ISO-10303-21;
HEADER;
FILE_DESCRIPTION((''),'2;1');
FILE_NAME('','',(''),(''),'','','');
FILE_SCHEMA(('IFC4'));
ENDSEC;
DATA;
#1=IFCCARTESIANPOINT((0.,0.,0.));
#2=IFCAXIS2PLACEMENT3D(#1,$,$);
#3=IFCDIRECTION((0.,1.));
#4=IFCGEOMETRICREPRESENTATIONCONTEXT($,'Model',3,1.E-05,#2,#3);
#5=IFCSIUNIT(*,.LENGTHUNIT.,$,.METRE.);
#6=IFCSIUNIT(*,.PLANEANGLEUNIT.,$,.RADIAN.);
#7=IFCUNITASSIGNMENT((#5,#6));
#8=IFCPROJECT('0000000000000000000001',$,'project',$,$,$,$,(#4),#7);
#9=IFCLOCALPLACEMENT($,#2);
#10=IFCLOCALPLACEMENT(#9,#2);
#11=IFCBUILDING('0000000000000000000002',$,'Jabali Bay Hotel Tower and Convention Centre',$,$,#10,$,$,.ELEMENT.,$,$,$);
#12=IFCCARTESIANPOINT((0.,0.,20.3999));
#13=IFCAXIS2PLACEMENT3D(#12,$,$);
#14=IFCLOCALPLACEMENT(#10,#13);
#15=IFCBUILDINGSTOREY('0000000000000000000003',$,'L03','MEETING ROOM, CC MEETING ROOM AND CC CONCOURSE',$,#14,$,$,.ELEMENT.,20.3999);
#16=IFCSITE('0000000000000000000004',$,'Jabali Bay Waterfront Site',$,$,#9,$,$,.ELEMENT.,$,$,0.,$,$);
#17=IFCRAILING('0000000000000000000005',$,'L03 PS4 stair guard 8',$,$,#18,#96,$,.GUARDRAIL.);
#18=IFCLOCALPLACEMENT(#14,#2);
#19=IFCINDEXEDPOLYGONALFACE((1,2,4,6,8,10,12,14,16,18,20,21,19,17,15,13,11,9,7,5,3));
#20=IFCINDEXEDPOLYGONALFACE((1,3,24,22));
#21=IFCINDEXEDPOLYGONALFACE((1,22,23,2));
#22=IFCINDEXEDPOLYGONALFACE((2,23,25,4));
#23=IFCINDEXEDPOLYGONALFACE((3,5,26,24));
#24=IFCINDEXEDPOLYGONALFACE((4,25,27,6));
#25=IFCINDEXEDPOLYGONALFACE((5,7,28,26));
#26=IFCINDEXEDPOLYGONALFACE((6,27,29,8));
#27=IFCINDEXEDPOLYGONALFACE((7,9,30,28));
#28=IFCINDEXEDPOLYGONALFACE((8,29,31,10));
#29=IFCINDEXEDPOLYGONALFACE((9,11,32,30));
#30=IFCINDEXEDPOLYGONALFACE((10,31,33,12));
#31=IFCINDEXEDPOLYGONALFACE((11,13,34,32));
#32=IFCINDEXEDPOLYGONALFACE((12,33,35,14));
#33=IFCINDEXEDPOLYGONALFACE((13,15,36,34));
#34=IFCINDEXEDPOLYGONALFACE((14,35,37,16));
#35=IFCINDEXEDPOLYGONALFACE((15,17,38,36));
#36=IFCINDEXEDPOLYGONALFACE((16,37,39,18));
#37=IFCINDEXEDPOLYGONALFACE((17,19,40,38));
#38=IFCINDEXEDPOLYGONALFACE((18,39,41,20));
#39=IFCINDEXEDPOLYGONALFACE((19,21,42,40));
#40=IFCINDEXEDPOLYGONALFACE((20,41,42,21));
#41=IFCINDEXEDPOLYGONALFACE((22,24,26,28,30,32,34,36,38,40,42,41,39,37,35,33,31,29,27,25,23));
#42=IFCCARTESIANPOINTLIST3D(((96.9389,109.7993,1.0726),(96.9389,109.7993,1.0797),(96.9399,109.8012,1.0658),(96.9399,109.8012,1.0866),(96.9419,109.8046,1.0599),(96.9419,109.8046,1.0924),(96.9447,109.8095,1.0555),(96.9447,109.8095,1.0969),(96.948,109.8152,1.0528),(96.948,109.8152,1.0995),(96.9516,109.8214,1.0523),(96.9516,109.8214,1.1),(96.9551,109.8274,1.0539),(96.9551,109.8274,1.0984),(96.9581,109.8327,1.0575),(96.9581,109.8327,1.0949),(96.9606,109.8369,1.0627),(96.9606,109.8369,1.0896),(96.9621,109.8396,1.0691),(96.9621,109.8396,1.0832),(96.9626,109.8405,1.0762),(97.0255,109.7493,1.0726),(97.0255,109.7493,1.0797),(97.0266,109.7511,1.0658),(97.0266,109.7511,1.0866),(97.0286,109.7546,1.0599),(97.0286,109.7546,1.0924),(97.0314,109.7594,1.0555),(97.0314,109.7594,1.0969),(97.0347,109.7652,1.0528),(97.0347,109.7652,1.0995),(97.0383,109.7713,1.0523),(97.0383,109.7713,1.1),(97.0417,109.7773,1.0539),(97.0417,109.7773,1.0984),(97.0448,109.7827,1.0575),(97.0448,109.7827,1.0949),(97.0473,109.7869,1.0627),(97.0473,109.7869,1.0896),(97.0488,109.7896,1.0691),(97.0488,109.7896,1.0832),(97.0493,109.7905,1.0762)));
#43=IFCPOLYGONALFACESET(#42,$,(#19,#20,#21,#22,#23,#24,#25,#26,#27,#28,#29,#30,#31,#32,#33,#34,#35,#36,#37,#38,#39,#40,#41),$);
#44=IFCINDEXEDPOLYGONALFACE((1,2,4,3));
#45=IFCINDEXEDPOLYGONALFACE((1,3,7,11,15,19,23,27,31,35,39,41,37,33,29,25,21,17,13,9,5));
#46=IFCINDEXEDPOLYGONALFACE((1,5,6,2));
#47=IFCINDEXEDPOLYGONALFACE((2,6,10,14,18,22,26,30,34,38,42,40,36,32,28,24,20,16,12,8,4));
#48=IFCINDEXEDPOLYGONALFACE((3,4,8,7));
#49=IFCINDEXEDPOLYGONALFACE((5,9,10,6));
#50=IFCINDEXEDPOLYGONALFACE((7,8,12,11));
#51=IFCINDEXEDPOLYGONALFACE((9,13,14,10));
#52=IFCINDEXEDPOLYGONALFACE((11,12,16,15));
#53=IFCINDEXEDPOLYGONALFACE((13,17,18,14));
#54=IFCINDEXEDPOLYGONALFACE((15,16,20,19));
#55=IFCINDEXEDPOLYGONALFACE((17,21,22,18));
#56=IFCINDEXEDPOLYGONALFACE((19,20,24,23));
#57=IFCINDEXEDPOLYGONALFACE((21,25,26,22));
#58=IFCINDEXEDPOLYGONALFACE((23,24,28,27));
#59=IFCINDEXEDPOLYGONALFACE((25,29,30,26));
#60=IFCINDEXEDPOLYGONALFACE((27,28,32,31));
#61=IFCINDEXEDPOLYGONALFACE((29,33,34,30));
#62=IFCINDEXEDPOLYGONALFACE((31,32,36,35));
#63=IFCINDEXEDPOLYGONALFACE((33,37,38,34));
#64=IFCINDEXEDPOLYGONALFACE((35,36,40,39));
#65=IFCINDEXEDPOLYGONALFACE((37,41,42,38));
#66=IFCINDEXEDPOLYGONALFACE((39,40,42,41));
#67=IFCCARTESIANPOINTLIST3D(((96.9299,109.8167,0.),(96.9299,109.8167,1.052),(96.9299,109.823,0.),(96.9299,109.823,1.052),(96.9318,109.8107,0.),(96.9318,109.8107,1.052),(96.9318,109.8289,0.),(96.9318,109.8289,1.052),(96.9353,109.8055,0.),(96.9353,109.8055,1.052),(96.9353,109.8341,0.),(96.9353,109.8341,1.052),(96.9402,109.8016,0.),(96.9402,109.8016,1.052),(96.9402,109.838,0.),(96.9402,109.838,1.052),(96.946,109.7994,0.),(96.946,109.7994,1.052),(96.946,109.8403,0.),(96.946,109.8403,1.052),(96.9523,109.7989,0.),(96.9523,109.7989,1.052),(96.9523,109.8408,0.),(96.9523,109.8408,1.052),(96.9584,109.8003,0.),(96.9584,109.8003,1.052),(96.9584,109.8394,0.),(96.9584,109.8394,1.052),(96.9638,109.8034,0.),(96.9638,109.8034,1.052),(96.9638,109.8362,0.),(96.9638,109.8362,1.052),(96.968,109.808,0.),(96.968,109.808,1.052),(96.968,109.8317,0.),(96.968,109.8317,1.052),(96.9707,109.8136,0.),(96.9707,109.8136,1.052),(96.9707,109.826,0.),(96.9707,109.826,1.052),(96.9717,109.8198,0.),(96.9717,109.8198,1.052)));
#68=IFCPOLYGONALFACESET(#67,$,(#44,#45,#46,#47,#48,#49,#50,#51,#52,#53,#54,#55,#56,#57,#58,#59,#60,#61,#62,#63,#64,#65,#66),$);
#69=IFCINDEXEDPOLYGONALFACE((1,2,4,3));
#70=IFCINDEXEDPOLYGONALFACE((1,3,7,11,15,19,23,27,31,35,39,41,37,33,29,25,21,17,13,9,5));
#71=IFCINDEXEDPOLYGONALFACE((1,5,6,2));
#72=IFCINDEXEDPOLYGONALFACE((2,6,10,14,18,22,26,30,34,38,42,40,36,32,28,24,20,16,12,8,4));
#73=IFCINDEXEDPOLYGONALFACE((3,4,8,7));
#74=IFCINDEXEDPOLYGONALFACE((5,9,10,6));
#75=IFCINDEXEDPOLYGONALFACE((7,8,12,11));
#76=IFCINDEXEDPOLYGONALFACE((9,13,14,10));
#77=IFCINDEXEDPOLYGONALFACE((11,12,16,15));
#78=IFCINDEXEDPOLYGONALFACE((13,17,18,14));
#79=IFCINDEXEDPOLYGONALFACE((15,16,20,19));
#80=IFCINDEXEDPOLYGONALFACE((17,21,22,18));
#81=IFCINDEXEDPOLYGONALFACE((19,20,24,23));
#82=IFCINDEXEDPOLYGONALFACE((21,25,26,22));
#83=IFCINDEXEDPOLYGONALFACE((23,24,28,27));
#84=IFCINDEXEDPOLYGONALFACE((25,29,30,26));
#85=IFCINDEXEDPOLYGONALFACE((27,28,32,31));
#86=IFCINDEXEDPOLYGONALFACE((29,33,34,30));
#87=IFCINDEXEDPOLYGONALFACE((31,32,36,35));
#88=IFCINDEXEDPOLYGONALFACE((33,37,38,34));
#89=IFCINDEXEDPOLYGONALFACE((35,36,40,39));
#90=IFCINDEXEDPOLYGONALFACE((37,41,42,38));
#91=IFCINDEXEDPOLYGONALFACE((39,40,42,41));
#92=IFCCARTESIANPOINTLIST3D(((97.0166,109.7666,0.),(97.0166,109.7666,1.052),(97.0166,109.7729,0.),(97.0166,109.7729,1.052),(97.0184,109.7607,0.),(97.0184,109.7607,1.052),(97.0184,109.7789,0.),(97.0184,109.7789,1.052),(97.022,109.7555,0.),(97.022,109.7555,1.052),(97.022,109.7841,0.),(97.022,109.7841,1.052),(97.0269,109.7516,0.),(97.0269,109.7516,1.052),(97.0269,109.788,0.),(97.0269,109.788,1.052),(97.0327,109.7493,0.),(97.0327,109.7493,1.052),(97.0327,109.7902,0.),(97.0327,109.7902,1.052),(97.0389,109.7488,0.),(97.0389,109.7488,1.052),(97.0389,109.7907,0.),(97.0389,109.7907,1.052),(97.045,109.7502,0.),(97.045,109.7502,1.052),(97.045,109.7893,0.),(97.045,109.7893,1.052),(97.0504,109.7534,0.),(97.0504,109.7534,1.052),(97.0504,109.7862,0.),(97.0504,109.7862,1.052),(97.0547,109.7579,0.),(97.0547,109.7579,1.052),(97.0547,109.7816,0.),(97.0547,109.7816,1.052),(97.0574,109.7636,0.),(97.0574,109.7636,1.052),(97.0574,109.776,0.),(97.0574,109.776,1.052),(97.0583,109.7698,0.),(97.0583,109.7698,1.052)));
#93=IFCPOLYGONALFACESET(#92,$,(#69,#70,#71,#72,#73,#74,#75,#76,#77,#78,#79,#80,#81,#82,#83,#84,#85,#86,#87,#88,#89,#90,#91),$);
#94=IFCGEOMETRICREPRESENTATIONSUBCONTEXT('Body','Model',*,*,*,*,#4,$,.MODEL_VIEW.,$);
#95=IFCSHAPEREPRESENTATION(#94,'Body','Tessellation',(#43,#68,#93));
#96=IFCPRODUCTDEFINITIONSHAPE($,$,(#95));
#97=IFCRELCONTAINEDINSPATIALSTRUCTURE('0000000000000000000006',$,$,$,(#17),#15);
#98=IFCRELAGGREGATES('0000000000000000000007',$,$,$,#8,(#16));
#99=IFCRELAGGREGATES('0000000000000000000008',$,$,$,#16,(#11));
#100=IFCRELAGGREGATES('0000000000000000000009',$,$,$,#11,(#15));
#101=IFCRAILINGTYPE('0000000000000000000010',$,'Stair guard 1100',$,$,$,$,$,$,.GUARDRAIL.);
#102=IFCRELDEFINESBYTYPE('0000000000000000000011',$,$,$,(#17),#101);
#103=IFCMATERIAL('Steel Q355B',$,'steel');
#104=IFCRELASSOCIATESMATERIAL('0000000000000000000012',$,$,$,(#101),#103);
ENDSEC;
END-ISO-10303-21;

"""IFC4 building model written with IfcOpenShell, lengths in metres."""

from ifc_helpers import new_model, si_unit, direction, frame, origin, origin_2d, place, context, subcontext, project, spatial, circle, extrude, material, type_object, element, save


model = new_model("IFC4")

# Units and contexts
model_context = context("Model", 3, precision=1e-05, world=origin(), true_north=direction((0.0, 1.0)))
body_context = subcontext(model_context, "Body", "Model", "MODEL_VIEW")
ifc_project = project(units=[si_unit("LENGTHUNIT", "METRE"), si_unit("PLANEANGLEUNIT", "RADIAN")], contexts=[model_context])

# Site, building, storey
site_placement = place(None, origin())
site = spatial("IfcSite", under=ifc_project, at=site_placement, Name="Jabali Bay Waterfront Site", CompositionType="ELEMENT", RefElevation=0.0)
building_placement = place(site_placement, origin())
building = spatial("IfcBuilding", under=site, at=building_placement, Name="Jabali Bay Hotel Tower and Convention Centre", CompositionType="ELEMENT")
storey_placement = place(building_placement, frame((0.0, 0.0, 20.3999)))
storey = spatial("IfcBuildingStorey", under=building, at=storey_placement, Name="L03", Description="MEETING ROOM, CC MEETING ROOM AND CC CONCOURSE", CompositionType="ELEMENT", Elevation=20.3999)

# Railing
ifc_material_1 = material(Name="Steel Q355B", Category="steel")
railing_type_1 = type_object("IfcRailingType", Name="Stair guard 1100", PredefinedType="GUARDRAIL", material=ifc_material_1)
railing_1_placement = place(storey_placement, frame((96.9507, 109.8198, 0.0)))
element("IfcRailing", 1, at=railing_1_placement, inside=storey, type_object=railing_type_1, Name="L03 PS4 stair guard 8", PredefinedType="GUARDRAIL", context=body_context, shape_type="SweptSolid", body=[
    extrude(circle(Radius=0.0239, at=origin_2d()), frame((0.0, 0.0, 1.0762), z_axis=(0.865982, -0.500074, 0.0), x_axis=(0.500074, 0.865982, 0.0)), (0.0, 0.0, 1.0), 0.1001),
    extrude(circle(Radius=0.021, at=origin_2d()), origin(), (0.0, 0.0, 1.0), 1.052),
    extrude(circle(Radius=0.021, at=origin_2d()), frame((0.0867, -0.05, 0.0)), (0.0, 0.0, 1.0), 1.052),
])

save(model, "model.ifc")
